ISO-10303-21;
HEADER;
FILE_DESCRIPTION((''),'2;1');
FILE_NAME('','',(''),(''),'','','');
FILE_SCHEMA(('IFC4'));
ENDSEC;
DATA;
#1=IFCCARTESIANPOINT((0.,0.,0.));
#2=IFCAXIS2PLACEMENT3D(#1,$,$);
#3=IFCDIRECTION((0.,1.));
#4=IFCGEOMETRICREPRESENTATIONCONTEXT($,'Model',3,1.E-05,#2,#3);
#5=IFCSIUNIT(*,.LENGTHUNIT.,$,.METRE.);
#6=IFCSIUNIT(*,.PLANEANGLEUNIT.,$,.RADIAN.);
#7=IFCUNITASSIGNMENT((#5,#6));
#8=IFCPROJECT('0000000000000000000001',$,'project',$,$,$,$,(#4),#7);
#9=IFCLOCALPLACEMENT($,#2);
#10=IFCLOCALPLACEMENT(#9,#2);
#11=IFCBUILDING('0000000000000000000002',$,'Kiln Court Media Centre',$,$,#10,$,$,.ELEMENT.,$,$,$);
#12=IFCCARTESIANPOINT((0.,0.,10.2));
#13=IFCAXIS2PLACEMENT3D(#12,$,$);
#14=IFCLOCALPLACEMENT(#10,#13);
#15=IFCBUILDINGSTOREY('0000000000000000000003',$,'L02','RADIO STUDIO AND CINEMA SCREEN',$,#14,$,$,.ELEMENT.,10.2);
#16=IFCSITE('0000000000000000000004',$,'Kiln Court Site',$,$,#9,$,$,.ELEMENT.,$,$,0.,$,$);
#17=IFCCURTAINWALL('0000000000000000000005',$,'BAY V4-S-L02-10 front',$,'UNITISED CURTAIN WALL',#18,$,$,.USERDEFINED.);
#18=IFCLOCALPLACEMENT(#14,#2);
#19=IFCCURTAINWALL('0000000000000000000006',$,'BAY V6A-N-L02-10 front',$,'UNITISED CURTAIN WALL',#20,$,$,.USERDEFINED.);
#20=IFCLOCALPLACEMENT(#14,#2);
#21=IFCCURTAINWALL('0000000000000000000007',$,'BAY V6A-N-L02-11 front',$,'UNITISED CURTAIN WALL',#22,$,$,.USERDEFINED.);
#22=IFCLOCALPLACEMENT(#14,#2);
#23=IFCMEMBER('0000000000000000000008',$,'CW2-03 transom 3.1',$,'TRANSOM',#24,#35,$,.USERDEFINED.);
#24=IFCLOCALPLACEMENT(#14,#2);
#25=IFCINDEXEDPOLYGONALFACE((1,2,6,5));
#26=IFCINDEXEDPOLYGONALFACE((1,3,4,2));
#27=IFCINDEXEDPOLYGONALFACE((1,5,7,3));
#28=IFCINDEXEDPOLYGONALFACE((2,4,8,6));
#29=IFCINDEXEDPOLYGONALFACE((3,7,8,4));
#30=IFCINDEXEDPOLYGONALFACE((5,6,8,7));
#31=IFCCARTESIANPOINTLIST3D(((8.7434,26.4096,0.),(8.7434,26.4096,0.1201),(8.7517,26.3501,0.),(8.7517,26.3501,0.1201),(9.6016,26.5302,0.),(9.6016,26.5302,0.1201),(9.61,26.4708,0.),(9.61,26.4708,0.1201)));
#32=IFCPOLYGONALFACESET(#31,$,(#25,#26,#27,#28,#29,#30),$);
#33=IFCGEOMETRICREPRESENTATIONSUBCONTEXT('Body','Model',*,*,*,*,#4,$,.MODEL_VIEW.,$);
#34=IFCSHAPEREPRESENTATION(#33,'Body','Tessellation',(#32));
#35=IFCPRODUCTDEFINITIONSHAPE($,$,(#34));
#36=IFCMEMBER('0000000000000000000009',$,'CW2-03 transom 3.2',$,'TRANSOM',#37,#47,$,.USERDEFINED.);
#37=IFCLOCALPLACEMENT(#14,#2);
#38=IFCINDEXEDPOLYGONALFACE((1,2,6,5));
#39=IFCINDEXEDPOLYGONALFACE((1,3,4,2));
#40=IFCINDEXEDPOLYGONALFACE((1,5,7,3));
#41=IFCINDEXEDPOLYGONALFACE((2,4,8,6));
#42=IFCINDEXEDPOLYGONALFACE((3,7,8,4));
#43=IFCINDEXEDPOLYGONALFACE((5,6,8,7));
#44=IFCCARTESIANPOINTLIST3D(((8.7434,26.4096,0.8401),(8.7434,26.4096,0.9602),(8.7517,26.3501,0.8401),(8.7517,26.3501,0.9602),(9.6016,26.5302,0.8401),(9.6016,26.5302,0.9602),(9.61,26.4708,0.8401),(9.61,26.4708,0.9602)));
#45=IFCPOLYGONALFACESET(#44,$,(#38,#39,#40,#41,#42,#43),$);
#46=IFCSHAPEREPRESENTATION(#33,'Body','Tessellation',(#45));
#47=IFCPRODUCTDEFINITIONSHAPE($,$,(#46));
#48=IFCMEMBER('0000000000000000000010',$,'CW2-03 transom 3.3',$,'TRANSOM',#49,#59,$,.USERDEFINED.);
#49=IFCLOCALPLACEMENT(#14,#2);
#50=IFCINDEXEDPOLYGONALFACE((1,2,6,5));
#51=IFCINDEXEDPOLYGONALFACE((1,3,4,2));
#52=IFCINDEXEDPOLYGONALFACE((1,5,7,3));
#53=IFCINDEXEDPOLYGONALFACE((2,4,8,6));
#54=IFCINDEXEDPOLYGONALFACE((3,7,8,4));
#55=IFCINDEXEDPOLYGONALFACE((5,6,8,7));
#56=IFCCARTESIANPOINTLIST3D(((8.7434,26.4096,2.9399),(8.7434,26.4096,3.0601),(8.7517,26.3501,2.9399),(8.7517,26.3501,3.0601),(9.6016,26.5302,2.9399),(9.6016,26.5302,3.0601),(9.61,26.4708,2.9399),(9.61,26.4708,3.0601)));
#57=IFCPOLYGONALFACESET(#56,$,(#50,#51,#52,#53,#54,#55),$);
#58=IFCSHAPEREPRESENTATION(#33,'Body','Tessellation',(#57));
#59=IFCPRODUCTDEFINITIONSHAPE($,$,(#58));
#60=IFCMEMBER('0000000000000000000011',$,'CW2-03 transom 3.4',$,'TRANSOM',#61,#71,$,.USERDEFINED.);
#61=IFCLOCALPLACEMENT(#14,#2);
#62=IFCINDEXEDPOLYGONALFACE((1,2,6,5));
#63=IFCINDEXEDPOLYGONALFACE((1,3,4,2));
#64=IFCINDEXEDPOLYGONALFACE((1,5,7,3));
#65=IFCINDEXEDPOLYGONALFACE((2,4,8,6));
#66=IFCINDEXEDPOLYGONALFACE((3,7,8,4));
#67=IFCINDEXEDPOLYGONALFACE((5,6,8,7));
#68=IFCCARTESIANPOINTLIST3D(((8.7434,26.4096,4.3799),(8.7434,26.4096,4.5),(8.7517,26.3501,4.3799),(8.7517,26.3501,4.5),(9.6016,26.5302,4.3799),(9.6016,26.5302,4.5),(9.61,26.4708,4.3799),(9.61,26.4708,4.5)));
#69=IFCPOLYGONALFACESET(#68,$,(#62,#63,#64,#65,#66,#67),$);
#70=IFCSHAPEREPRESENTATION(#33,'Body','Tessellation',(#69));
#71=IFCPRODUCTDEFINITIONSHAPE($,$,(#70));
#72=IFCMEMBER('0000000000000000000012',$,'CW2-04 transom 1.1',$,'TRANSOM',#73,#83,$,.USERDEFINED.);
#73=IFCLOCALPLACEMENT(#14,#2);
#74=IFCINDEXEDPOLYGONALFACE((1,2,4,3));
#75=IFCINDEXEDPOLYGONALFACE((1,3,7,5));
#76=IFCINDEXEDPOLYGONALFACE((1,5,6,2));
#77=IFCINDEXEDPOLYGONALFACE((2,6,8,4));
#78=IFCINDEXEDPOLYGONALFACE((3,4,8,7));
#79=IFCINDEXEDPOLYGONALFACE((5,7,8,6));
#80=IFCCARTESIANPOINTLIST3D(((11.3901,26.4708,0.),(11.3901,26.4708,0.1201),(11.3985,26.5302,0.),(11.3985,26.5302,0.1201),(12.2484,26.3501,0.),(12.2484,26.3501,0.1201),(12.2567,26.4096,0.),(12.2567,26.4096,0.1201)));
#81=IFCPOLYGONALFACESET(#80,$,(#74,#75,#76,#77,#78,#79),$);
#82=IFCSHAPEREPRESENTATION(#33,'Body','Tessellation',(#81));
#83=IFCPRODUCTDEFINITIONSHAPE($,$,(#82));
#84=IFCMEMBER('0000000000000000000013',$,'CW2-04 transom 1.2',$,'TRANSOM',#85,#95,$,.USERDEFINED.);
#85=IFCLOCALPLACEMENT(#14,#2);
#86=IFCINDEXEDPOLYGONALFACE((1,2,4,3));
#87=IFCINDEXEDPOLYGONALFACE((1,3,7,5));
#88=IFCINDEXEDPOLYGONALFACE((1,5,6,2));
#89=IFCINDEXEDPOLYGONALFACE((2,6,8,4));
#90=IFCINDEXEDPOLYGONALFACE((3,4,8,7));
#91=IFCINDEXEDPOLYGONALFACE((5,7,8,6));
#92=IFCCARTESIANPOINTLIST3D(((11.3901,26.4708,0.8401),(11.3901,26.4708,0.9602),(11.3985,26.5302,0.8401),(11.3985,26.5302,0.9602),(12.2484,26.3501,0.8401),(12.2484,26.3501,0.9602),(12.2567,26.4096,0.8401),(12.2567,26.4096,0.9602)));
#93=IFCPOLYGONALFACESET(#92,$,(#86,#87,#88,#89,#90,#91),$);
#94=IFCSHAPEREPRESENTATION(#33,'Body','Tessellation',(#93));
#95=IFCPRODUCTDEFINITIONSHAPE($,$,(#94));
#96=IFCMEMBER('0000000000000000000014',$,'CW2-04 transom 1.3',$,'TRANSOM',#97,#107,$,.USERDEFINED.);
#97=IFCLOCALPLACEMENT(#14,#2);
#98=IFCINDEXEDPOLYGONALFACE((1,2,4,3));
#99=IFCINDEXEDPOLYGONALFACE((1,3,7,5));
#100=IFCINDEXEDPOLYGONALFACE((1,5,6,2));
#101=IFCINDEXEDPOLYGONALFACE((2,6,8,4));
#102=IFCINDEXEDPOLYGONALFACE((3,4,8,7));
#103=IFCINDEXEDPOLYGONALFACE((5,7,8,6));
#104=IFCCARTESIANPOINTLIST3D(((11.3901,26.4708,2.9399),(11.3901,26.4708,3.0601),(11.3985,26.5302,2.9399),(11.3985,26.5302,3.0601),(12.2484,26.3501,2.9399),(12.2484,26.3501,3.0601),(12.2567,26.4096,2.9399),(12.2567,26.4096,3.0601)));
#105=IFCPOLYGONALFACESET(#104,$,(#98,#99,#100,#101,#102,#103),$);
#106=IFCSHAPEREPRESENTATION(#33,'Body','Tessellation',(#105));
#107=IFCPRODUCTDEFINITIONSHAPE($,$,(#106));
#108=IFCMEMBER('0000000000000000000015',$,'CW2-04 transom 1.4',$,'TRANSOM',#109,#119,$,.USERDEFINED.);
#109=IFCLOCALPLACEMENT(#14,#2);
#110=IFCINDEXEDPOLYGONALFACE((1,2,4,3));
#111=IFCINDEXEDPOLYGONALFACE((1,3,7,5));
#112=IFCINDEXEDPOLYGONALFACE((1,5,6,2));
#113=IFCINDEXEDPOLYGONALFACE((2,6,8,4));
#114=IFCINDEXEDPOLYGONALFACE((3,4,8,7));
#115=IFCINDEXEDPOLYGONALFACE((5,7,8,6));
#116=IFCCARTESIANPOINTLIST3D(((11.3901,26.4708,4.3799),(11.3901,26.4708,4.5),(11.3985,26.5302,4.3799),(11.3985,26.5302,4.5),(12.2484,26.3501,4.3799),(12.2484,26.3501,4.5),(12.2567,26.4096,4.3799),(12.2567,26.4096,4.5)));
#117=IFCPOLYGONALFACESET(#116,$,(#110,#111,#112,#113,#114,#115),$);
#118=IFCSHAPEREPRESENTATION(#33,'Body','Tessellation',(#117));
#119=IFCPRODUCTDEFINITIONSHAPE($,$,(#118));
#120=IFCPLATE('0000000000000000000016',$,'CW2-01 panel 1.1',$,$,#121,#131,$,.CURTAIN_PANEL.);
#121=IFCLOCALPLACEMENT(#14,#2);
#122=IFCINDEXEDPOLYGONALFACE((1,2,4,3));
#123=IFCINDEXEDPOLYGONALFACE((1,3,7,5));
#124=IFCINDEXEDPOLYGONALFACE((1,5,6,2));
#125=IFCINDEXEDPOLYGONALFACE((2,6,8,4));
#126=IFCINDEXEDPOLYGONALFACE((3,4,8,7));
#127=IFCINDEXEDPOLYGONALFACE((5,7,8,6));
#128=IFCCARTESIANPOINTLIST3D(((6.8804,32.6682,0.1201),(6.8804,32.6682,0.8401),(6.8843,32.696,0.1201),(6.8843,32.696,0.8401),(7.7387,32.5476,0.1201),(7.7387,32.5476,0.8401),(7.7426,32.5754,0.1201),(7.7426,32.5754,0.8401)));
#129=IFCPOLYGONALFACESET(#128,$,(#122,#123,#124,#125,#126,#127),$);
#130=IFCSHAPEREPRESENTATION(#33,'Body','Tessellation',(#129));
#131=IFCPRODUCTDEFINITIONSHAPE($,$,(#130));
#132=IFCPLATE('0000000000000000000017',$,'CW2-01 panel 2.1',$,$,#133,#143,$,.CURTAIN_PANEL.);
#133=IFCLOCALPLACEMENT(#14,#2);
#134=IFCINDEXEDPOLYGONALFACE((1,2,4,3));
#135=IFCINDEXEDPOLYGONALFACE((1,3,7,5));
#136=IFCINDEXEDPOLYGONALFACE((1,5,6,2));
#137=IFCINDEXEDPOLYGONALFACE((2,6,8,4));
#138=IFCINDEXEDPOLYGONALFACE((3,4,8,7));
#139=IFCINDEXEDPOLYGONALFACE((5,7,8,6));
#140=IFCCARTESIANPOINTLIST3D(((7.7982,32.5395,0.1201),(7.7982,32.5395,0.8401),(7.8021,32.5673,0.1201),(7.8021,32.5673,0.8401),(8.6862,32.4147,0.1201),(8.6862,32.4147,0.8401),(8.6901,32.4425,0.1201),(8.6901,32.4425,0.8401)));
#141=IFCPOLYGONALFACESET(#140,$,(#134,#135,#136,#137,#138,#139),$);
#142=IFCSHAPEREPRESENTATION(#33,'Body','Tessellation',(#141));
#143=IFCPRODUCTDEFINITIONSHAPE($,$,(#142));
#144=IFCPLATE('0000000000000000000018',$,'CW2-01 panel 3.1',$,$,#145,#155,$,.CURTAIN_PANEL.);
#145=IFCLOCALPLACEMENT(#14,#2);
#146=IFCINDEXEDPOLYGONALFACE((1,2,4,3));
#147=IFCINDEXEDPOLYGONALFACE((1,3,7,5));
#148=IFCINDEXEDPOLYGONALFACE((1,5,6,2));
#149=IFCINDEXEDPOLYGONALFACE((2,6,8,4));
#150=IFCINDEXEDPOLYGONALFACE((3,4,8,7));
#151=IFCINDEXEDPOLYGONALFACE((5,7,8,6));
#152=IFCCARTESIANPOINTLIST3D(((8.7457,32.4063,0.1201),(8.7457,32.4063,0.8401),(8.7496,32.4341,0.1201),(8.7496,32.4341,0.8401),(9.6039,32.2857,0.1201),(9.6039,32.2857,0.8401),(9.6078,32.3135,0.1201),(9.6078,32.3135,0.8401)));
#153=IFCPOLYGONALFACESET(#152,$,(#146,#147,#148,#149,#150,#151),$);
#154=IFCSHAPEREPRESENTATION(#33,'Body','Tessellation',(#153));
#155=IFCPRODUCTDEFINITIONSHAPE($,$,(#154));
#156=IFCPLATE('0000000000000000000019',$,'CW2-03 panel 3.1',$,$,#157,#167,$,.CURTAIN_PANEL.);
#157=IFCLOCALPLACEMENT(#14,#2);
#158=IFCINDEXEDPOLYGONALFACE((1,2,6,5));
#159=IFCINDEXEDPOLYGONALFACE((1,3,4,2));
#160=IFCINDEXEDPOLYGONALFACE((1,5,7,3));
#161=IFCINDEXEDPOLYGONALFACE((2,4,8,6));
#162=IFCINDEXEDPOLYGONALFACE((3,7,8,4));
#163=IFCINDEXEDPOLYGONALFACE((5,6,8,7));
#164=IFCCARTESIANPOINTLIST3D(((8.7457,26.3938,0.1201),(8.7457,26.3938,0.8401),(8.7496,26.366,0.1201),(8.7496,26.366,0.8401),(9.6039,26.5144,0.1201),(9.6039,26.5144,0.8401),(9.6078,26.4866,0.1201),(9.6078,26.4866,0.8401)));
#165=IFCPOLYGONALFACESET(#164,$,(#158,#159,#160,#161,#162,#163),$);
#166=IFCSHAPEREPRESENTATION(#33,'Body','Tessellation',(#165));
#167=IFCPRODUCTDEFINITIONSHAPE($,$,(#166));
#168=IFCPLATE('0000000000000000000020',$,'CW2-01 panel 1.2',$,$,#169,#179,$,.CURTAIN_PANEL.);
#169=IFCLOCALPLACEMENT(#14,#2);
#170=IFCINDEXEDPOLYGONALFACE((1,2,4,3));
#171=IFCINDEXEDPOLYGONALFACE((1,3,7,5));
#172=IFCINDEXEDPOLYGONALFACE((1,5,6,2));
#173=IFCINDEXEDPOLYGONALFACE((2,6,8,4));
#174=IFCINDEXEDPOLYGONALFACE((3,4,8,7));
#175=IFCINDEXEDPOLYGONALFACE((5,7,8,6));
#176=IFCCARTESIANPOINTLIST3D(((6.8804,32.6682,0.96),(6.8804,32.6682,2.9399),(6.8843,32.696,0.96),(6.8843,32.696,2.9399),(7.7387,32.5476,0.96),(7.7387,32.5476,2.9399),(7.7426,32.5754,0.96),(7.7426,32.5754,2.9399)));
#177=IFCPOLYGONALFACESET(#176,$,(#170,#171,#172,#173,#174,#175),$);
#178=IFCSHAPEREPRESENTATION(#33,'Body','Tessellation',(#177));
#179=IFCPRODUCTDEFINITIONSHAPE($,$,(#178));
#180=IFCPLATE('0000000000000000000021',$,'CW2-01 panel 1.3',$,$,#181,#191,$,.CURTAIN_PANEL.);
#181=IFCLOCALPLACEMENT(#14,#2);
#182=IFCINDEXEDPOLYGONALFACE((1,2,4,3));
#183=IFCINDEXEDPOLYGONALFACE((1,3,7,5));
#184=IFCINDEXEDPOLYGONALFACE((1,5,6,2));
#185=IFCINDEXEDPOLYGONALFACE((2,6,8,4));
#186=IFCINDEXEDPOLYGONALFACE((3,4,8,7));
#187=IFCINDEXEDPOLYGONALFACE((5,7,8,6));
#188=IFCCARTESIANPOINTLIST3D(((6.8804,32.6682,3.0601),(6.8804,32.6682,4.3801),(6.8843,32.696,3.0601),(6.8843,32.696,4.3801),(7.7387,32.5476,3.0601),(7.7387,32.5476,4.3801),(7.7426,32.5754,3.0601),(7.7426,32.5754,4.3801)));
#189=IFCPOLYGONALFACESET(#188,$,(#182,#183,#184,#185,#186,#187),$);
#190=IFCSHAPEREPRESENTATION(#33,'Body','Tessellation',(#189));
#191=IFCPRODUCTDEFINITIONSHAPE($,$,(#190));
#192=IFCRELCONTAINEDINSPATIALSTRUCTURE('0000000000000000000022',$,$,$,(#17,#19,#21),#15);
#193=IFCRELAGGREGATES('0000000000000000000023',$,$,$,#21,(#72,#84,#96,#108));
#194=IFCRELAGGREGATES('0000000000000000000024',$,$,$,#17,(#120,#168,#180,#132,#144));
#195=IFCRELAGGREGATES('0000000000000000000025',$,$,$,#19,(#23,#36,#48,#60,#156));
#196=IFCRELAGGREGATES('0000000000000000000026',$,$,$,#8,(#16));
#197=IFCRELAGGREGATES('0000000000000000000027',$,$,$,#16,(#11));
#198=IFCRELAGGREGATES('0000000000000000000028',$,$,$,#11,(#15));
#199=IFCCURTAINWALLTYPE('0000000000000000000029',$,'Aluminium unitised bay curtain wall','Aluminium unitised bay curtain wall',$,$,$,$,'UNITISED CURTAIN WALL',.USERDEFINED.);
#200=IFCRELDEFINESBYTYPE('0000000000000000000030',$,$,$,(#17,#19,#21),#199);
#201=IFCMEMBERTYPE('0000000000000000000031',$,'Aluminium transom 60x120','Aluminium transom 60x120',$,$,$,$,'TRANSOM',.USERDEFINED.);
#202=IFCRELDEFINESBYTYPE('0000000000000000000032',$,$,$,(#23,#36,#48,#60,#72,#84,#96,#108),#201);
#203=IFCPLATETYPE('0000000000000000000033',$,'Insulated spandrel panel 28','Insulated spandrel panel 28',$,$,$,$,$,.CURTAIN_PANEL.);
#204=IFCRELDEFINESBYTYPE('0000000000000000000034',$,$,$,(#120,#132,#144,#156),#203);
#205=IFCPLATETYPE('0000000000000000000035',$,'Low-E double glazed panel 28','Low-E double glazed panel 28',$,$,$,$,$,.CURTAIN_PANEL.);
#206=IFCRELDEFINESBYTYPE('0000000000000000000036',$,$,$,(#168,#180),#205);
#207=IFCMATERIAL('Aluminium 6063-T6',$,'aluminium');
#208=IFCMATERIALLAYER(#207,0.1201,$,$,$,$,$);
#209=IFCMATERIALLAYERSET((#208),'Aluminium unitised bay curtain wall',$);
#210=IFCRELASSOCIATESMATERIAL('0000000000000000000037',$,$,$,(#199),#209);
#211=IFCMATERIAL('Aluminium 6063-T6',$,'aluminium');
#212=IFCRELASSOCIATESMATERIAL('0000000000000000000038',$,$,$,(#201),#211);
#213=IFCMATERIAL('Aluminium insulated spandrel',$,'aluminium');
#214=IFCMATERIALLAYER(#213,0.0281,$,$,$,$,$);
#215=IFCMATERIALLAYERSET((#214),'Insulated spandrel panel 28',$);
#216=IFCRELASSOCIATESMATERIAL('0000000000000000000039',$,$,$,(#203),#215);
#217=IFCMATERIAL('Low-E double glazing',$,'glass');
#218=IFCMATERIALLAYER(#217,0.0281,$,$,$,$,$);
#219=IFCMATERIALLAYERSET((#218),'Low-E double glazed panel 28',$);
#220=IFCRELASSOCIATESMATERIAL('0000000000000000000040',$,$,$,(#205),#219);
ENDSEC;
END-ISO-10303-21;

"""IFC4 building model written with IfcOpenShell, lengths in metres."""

from ifc_helpers import new_model, si_unit, direction, frame, origin, origin_2d, place, context, subcontext, project, spatial, rectangle, extrude, material, layer, layer_set, material_profile, profile_set, type_object, element, aggregate, save


model = new_model("IFC4")

# Units and contexts
model_context = context("Model", 3, precision=1e-05, world=origin(), true_north=direction((0.0, 1.0)))
body_context = subcontext(model_context, "Body", "Model", "MODEL_VIEW")
ifc_project = project(units=[si_unit("LENGTHUNIT", "METRE"), si_unit("PLANEANGLEUNIT", "RADIAN")], contexts=[model_context])

# Site, building, storey
site_placement = place(None, origin())
site = spatial("IfcSite", under=ifc_project, at=site_placement, Name="Kiln Court Site", CompositionType="ELEMENT", RefElevation=0.0)
building_placement = place(site_placement, origin())
building = spatial("IfcBuilding", under=site, at=building_placement, Name="Kiln Court Media Centre", CompositionType="ELEMENT")
storey_placement = place(building_placement, frame((0.0, 0.0, 10.2)))
storey = spatial("IfcBuildingStorey", under=building, at=storey_placement, Name="L02", Description="RADIO STUDIO AND CINEMA SCREEN", CompositionType="ELEMENT", Elevation=10.2)

# Curtain walls
ifc_material_1 = material(Name="Aluminium 6063-T6", Category="aluminium")
ifc_layer_1 = layer(ifc_material_1, 0.1201)
ifc_layer_set_1 = layer_set([ifc_layer_1], Name="Aluminium unitised bay curtain wall")
curtain_wall_type = type_object("IfcCurtainWallType", Name="Aluminium unitised bay curtain wall", Description="Aluminium unitised bay curtain wall", ElementType="UNITISED CURTAIN WALL", PredefinedType="USERDEFINED", material=ifc_layer_set_1)
curtain_wall_1_placement = place(storey_placement, origin())
curtain_wall_1 = element("IfcCurtainWall", 1, at=curtain_wall_1_placement, inside=storey, type_object=curtain_wall_type, Name="BAY V4-S-L02-10 front", ObjectType="UNITISED CURTAIN WALL", PredefinedType="USERDEFINED")
curtain_wall_2_placement = place(storey_placement, origin())
curtain_wall_2 = element("IfcCurtainWall", 2, at=curtain_wall_2_placement, inside=storey, type_object=curtain_wall_type, Name="BAY V6A-N-L02-10 front", ObjectType="UNITISED CURTAIN WALL", PredefinedType="USERDEFINED")

# Curtain wall
curtain_wall_3_placement = place(storey_placement, origin())
curtain_wall_3 = element("IfcCurtainWall", 3, at=curtain_wall_3_placement, inside=storey, type_object=curtain_wall_type, Name="BAY V6A-N-L02-11 front", ObjectType="UNITISED CURTAIN WALL", PredefinedType="USERDEFINED")

# Members
ifc_material_2 = material(Name="Aluminium 6063-T6", Category="aluminium")
ifc_material_profile_1 = material_profile(ifc_material_2, rectangle(XDim=0.0601, YDim=0.1201, at=origin_2d()), Name="Aluminium transom 60x120")
ifc_profile_set_1 = profile_set([ifc_material_profile_1], Name="Aluminium 6063-T6")
member_type_1 = type_object("IfcMemberType", Name="Aluminium transom 60x120", Description="Aluminium transom 60x120", ElementType="TRANSOM", PredefinedType="USERDEFINED", material=ifc_profile_set_1)
member_1_placement = place(storey_placement, frame((8.7476, 26.3799, 0.0601), z_axis=(0.990268, 0.139173, 0.0), x_axis=(-0.139173, 0.990268, 0.0)))
member_1 = element("IfcMember", 4, at=member_1_placement, type_object=member_type_1, Name="CW2-03 transom 3.1", ObjectType="TRANSOM", PredefinedType="USERDEFINED", context=body_context, shape_type="SweptSolid", body=[
    extrude(rectangle(XDim=0.0601, YDim=0.1201, at=origin_2d()), origin(), (0.0, 0.0, 1.0), 0.8667),
])
member_2_placement = place(storey_placement, frame((8.7476, 26.3799, 0.9001), z_axis=(0.990268, 0.139173, 0.0), x_axis=(-0.139173, 0.990268, 0.0)))
member_2 = element("IfcMember", 5, at=member_2_placement, type_object=member_type_1, Name="CW2-03 transom 3.2", ObjectType="TRANSOM", PredefinedType="USERDEFINED", context=body_context, shape_type="SweptSolid", body=[
    extrude(rectangle(XDim=0.0601, YDim=0.1201, at=origin_2d()), origin(), (0.0, 0.0, 1.0), 0.8667),
])
member_3_placement = place(storey_placement, frame((8.7476, 26.3799, 3.0), z_axis=(0.990268, 0.139173, 0.0), x_axis=(-0.139173, 0.990268, 0.0)))
member_3 = element("IfcMember", 6, at=member_3_placement, type_object=member_type_1, Name="CW2-03 transom 3.3", ObjectType="TRANSOM", PredefinedType="USERDEFINED", context=body_context, shape_type="SweptSolid", body=[
    extrude(rectangle(XDim=0.0601, YDim=0.1201, at=origin_2d()), origin(), (0.0, 0.0, 1.0), 0.8667),
])
member_4_placement = place(storey_placement, frame((8.7476, 26.3799, 4.4399), z_axis=(0.990268, 0.139173, 0.0), x_axis=(-0.139173, 0.990268, 0.0)))
member_4 = element("IfcMember", 7, at=member_4_placement, type_object=member_type_1, Name="CW2-03 transom 3.4", ObjectType="TRANSOM", PredefinedType="USERDEFINED", context=body_context, shape_type="SweptSolid", body=[
    extrude(rectangle(XDim=0.0601, YDim=0.1201, at=origin_2d()), origin(), (0.0, 0.0, 1.0), 0.8667),
])
member_5_placement = place(storey_placement, frame((11.3943, 26.5005, 0.0601), z_axis=(0.990268, -0.139173, 0.0), x_axis=(0.139173, 0.990268, 0.0)))
member_5 = element("IfcMember", 8, at=member_5_placement, type_object=member_type_1, Name="CW2-04 transom 1.1", ObjectType="TRANSOM", PredefinedType="USERDEFINED", context=body_context, shape_type="SweptSolid", body=[
    extrude(rectangle(XDim=0.0601, YDim=0.1201, at=origin_2d()), origin(), (0.0, 0.0, 1.0), 0.8667),
])
member_6_placement = place(storey_placement, frame((11.3943, 26.5005, 0.9001), z_axis=(0.990268, -0.139173, 0.0), x_axis=(0.139173, 0.990268, 0.0)))
member_6 = element("IfcMember", 9, at=member_6_placement, type_object=member_type_1, Name="CW2-04 transom 1.2", ObjectType="TRANSOM", PredefinedType="USERDEFINED", context=body_context, shape_type="SweptSolid", body=[
    extrude(rectangle(XDim=0.0601, YDim=0.1201, at=origin_2d()), origin(), (0.0, 0.0, 1.0), 0.8667),
])
member_7_placement = place(storey_placement, frame((11.3943, 26.5005, 3.0), z_axis=(0.990268, -0.139173, 0.0), x_axis=(0.139173, 0.990268, 0.0)))
member_7 = element("IfcMember", 10, at=member_7_placement, type_object=member_type_1, Name="CW2-04 transom 1.3", ObjectType="TRANSOM", PredefinedType="USERDEFINED", context=body_context, shape_type="SweptSolid", body=[
    extrude(rectangle(XDim=0.0601, YDim=0.1201, at=origin_2d()), origin(), (0.0, 0.0, 1.0), 0.8667),
])
member_8_placement = place(storey_placement, frame((11.3943, 26.5005, 4.4399), z_axis=(0.990268, -0.139173, 0.0), x_axis=(0.139173, 0.990268, 0.0)))
member_8 = element("IfcMember", 11, at=member_8_placement, type_object=member_type_1, Name="CW2-04 transom 1.4", ObjectType="TRANSOM", PredefinedType="USERDEFINED", context=body_context, shape_type="SweptSolid", body=[
    extrude(rectangle(XDim=0.0601, YDim=0.1201, at=origin_2d()), origin(), (0.0, 0.0, 1.0), 0.8667),
])
aggregate(curtain_wall_3, [member_5, member_6, member_7, member_8])

# Plates
ifc_material_3 = material(Name="Aluminium insulated spandrel", Category="aluminium")
ifc_layer_2 = layer(ifc_material_3, 0.0281)
ifc_layer_set_2 = layer_set([ifc_layer_2], Name="Insulated spandrel panel 28")
plate_type_1 = type_object("IfcPlateType", Name="Insulated spandrel panel 28", Description="Insulated spandrel panel 28", PredefinedType="CURTAIN_PANEL", material=ifc_layer_set_2)
plate_1_placement = place(storey_placement, frame((7.3115, 32.6218, 0.1201), z_axis=(0.0, 0.0, 1.0), x_axis=(0.99027, -0.139162, 0.0)))
plate_1 = element("IfcPlate", 12, at=plate_1_placement, type_object=plate_type_1, Name="CW2-01 panel 1.1", PredefinedType="CURTAIN_PANEL", context=body_context, shape_type="SweptSolid", body=[
    extrude(rectangle(XDim=0.8667, YDim=0.0281, at=origin_2d()), origin(), (0.0, 0.0, 1.0), 0.72),
])
plate_2_placement = place(storey_placement, frame((8.2441, 32.491, 0.1201), z_axis=(0.0, 0.0, 1.0), x_axis=(0.99027, -0.139162, 0.0)))
plate_2 = element("IfcPlate", 13, at=plate_2_placement, type_object=plate_type_1, Name="CW2-01 panel 2.1", PredefinedType="CURTAIN_PANEL", context=body_context, shape_type="SweptSolid", body=[
    extrude(rectangle(XDim=0.8967, YDim=0.0281, at=origin_2d()), origin(), (0.0, 0.0, 1.0), 0.72),
])
plate_3_placement = place(storey_placement, frame((9.1768, 32.3599, 0.1201), z_axis=(0.0, 0.0, 1.0), x_axis=(0.99027, -0.139162, 0.0)))
plate_3 = element("IfcPlate", 14, at=plate_3_placement, type_object=plate_type_1, Name="CW2-01 panel 3.1", PredefinedType="CURTAIN_PANEL", context=body_context, shape_type="SweptSolid", body=[
    extrude(rectangle(XDim=0.8667, YDim=0.0281, at=origin_2d()), origin(), (0.0, 0.0, 1.0), 0.72),
])
plate_4_placement = place(storey_placement, frame((9.1768, 26.4402, 0.1201), z_axis=(0.0, 0.0, 1.0), x_axis=(0.99027, 0.139162, 0.0)))
plate_4 = element("IfcPlate", 15, at=plate_4_placement, type_object=plate_type_1, Name="CW2-03 panel 3.1", PredefinedType="CURTAIN_PANEL", context=body_context, shape_type="SweptSolid", body=[
    extrude(rectangle(XDim=0.8667, YDim=0.0281, at=origin_2d()), origin(), (0.0, 0.0, 1.0), 0.72),
])
ifc_material_4 = material(Name="Low-E double glazing", Category="glass")
ifc_layer_3 = layer(ifc_material_4, 0.0281)
ifc_layer_set_3 = layer_set([ifc_layer_3], Name="Low-E double glazed panel 28")
plate_type_2 = type_object("IfcPlateType", Name="Low-E double glazed panel 28", Description="Low-E double glazed panel 28", PredefinedType="CURTAIN_PANEL", material=ifc_layer_set_3)
plate_5_placement = place(storey_placement, frame((7.3115, 32.6218, 0.96), z_axis=(0.0, 0.0, 1.0), x_axis=(0.99027, -0.139162, 0.0)))
plate_5 = element("IfcPlate", 16, at=plate_5_placement, type_object=plate_type_2, Name="CW2-01 panel 1.2", PredefinedType="CURTAIN_PANEL", context=body_context, shape_type="SweptSolid", body=[
    extrude(rectangle(XDim=0.8667, YDim=0.0281, at=origin_2d()), origin(), (0.0, 0.0, 1.0), 1.98),
])
plate_6_placement = place(storey_placement, frame((7.3115, 32.6218, 3.0601), z_axis=(0.0, 0.0, 1.0), x_axis=(0.99027, -0.139162, 0.0)))
plate_6 = element("IfcPlate", 17, at=plate_6_placement, type_object=plate_type_2, Name="CW2-01 panel 1.3", PredefinedType="CURTAIN_PANEL", context=body_context, shape_type="SweptSolid", body=[
    extrude(rectangle(XDim=0.8667, YDim=0.0281, at=origin_2d()), origin(), (0.0, 0.0, 1.0), 1.3201),
])
aggregate(curtain_wall_1, [plate_1, plate_5, plate_6, plate_2, plate_3])
aggregate(curtain_wall_2, [member_1, member_2, member_3, member_4, plate_4])

save(model, "model.ifc")
